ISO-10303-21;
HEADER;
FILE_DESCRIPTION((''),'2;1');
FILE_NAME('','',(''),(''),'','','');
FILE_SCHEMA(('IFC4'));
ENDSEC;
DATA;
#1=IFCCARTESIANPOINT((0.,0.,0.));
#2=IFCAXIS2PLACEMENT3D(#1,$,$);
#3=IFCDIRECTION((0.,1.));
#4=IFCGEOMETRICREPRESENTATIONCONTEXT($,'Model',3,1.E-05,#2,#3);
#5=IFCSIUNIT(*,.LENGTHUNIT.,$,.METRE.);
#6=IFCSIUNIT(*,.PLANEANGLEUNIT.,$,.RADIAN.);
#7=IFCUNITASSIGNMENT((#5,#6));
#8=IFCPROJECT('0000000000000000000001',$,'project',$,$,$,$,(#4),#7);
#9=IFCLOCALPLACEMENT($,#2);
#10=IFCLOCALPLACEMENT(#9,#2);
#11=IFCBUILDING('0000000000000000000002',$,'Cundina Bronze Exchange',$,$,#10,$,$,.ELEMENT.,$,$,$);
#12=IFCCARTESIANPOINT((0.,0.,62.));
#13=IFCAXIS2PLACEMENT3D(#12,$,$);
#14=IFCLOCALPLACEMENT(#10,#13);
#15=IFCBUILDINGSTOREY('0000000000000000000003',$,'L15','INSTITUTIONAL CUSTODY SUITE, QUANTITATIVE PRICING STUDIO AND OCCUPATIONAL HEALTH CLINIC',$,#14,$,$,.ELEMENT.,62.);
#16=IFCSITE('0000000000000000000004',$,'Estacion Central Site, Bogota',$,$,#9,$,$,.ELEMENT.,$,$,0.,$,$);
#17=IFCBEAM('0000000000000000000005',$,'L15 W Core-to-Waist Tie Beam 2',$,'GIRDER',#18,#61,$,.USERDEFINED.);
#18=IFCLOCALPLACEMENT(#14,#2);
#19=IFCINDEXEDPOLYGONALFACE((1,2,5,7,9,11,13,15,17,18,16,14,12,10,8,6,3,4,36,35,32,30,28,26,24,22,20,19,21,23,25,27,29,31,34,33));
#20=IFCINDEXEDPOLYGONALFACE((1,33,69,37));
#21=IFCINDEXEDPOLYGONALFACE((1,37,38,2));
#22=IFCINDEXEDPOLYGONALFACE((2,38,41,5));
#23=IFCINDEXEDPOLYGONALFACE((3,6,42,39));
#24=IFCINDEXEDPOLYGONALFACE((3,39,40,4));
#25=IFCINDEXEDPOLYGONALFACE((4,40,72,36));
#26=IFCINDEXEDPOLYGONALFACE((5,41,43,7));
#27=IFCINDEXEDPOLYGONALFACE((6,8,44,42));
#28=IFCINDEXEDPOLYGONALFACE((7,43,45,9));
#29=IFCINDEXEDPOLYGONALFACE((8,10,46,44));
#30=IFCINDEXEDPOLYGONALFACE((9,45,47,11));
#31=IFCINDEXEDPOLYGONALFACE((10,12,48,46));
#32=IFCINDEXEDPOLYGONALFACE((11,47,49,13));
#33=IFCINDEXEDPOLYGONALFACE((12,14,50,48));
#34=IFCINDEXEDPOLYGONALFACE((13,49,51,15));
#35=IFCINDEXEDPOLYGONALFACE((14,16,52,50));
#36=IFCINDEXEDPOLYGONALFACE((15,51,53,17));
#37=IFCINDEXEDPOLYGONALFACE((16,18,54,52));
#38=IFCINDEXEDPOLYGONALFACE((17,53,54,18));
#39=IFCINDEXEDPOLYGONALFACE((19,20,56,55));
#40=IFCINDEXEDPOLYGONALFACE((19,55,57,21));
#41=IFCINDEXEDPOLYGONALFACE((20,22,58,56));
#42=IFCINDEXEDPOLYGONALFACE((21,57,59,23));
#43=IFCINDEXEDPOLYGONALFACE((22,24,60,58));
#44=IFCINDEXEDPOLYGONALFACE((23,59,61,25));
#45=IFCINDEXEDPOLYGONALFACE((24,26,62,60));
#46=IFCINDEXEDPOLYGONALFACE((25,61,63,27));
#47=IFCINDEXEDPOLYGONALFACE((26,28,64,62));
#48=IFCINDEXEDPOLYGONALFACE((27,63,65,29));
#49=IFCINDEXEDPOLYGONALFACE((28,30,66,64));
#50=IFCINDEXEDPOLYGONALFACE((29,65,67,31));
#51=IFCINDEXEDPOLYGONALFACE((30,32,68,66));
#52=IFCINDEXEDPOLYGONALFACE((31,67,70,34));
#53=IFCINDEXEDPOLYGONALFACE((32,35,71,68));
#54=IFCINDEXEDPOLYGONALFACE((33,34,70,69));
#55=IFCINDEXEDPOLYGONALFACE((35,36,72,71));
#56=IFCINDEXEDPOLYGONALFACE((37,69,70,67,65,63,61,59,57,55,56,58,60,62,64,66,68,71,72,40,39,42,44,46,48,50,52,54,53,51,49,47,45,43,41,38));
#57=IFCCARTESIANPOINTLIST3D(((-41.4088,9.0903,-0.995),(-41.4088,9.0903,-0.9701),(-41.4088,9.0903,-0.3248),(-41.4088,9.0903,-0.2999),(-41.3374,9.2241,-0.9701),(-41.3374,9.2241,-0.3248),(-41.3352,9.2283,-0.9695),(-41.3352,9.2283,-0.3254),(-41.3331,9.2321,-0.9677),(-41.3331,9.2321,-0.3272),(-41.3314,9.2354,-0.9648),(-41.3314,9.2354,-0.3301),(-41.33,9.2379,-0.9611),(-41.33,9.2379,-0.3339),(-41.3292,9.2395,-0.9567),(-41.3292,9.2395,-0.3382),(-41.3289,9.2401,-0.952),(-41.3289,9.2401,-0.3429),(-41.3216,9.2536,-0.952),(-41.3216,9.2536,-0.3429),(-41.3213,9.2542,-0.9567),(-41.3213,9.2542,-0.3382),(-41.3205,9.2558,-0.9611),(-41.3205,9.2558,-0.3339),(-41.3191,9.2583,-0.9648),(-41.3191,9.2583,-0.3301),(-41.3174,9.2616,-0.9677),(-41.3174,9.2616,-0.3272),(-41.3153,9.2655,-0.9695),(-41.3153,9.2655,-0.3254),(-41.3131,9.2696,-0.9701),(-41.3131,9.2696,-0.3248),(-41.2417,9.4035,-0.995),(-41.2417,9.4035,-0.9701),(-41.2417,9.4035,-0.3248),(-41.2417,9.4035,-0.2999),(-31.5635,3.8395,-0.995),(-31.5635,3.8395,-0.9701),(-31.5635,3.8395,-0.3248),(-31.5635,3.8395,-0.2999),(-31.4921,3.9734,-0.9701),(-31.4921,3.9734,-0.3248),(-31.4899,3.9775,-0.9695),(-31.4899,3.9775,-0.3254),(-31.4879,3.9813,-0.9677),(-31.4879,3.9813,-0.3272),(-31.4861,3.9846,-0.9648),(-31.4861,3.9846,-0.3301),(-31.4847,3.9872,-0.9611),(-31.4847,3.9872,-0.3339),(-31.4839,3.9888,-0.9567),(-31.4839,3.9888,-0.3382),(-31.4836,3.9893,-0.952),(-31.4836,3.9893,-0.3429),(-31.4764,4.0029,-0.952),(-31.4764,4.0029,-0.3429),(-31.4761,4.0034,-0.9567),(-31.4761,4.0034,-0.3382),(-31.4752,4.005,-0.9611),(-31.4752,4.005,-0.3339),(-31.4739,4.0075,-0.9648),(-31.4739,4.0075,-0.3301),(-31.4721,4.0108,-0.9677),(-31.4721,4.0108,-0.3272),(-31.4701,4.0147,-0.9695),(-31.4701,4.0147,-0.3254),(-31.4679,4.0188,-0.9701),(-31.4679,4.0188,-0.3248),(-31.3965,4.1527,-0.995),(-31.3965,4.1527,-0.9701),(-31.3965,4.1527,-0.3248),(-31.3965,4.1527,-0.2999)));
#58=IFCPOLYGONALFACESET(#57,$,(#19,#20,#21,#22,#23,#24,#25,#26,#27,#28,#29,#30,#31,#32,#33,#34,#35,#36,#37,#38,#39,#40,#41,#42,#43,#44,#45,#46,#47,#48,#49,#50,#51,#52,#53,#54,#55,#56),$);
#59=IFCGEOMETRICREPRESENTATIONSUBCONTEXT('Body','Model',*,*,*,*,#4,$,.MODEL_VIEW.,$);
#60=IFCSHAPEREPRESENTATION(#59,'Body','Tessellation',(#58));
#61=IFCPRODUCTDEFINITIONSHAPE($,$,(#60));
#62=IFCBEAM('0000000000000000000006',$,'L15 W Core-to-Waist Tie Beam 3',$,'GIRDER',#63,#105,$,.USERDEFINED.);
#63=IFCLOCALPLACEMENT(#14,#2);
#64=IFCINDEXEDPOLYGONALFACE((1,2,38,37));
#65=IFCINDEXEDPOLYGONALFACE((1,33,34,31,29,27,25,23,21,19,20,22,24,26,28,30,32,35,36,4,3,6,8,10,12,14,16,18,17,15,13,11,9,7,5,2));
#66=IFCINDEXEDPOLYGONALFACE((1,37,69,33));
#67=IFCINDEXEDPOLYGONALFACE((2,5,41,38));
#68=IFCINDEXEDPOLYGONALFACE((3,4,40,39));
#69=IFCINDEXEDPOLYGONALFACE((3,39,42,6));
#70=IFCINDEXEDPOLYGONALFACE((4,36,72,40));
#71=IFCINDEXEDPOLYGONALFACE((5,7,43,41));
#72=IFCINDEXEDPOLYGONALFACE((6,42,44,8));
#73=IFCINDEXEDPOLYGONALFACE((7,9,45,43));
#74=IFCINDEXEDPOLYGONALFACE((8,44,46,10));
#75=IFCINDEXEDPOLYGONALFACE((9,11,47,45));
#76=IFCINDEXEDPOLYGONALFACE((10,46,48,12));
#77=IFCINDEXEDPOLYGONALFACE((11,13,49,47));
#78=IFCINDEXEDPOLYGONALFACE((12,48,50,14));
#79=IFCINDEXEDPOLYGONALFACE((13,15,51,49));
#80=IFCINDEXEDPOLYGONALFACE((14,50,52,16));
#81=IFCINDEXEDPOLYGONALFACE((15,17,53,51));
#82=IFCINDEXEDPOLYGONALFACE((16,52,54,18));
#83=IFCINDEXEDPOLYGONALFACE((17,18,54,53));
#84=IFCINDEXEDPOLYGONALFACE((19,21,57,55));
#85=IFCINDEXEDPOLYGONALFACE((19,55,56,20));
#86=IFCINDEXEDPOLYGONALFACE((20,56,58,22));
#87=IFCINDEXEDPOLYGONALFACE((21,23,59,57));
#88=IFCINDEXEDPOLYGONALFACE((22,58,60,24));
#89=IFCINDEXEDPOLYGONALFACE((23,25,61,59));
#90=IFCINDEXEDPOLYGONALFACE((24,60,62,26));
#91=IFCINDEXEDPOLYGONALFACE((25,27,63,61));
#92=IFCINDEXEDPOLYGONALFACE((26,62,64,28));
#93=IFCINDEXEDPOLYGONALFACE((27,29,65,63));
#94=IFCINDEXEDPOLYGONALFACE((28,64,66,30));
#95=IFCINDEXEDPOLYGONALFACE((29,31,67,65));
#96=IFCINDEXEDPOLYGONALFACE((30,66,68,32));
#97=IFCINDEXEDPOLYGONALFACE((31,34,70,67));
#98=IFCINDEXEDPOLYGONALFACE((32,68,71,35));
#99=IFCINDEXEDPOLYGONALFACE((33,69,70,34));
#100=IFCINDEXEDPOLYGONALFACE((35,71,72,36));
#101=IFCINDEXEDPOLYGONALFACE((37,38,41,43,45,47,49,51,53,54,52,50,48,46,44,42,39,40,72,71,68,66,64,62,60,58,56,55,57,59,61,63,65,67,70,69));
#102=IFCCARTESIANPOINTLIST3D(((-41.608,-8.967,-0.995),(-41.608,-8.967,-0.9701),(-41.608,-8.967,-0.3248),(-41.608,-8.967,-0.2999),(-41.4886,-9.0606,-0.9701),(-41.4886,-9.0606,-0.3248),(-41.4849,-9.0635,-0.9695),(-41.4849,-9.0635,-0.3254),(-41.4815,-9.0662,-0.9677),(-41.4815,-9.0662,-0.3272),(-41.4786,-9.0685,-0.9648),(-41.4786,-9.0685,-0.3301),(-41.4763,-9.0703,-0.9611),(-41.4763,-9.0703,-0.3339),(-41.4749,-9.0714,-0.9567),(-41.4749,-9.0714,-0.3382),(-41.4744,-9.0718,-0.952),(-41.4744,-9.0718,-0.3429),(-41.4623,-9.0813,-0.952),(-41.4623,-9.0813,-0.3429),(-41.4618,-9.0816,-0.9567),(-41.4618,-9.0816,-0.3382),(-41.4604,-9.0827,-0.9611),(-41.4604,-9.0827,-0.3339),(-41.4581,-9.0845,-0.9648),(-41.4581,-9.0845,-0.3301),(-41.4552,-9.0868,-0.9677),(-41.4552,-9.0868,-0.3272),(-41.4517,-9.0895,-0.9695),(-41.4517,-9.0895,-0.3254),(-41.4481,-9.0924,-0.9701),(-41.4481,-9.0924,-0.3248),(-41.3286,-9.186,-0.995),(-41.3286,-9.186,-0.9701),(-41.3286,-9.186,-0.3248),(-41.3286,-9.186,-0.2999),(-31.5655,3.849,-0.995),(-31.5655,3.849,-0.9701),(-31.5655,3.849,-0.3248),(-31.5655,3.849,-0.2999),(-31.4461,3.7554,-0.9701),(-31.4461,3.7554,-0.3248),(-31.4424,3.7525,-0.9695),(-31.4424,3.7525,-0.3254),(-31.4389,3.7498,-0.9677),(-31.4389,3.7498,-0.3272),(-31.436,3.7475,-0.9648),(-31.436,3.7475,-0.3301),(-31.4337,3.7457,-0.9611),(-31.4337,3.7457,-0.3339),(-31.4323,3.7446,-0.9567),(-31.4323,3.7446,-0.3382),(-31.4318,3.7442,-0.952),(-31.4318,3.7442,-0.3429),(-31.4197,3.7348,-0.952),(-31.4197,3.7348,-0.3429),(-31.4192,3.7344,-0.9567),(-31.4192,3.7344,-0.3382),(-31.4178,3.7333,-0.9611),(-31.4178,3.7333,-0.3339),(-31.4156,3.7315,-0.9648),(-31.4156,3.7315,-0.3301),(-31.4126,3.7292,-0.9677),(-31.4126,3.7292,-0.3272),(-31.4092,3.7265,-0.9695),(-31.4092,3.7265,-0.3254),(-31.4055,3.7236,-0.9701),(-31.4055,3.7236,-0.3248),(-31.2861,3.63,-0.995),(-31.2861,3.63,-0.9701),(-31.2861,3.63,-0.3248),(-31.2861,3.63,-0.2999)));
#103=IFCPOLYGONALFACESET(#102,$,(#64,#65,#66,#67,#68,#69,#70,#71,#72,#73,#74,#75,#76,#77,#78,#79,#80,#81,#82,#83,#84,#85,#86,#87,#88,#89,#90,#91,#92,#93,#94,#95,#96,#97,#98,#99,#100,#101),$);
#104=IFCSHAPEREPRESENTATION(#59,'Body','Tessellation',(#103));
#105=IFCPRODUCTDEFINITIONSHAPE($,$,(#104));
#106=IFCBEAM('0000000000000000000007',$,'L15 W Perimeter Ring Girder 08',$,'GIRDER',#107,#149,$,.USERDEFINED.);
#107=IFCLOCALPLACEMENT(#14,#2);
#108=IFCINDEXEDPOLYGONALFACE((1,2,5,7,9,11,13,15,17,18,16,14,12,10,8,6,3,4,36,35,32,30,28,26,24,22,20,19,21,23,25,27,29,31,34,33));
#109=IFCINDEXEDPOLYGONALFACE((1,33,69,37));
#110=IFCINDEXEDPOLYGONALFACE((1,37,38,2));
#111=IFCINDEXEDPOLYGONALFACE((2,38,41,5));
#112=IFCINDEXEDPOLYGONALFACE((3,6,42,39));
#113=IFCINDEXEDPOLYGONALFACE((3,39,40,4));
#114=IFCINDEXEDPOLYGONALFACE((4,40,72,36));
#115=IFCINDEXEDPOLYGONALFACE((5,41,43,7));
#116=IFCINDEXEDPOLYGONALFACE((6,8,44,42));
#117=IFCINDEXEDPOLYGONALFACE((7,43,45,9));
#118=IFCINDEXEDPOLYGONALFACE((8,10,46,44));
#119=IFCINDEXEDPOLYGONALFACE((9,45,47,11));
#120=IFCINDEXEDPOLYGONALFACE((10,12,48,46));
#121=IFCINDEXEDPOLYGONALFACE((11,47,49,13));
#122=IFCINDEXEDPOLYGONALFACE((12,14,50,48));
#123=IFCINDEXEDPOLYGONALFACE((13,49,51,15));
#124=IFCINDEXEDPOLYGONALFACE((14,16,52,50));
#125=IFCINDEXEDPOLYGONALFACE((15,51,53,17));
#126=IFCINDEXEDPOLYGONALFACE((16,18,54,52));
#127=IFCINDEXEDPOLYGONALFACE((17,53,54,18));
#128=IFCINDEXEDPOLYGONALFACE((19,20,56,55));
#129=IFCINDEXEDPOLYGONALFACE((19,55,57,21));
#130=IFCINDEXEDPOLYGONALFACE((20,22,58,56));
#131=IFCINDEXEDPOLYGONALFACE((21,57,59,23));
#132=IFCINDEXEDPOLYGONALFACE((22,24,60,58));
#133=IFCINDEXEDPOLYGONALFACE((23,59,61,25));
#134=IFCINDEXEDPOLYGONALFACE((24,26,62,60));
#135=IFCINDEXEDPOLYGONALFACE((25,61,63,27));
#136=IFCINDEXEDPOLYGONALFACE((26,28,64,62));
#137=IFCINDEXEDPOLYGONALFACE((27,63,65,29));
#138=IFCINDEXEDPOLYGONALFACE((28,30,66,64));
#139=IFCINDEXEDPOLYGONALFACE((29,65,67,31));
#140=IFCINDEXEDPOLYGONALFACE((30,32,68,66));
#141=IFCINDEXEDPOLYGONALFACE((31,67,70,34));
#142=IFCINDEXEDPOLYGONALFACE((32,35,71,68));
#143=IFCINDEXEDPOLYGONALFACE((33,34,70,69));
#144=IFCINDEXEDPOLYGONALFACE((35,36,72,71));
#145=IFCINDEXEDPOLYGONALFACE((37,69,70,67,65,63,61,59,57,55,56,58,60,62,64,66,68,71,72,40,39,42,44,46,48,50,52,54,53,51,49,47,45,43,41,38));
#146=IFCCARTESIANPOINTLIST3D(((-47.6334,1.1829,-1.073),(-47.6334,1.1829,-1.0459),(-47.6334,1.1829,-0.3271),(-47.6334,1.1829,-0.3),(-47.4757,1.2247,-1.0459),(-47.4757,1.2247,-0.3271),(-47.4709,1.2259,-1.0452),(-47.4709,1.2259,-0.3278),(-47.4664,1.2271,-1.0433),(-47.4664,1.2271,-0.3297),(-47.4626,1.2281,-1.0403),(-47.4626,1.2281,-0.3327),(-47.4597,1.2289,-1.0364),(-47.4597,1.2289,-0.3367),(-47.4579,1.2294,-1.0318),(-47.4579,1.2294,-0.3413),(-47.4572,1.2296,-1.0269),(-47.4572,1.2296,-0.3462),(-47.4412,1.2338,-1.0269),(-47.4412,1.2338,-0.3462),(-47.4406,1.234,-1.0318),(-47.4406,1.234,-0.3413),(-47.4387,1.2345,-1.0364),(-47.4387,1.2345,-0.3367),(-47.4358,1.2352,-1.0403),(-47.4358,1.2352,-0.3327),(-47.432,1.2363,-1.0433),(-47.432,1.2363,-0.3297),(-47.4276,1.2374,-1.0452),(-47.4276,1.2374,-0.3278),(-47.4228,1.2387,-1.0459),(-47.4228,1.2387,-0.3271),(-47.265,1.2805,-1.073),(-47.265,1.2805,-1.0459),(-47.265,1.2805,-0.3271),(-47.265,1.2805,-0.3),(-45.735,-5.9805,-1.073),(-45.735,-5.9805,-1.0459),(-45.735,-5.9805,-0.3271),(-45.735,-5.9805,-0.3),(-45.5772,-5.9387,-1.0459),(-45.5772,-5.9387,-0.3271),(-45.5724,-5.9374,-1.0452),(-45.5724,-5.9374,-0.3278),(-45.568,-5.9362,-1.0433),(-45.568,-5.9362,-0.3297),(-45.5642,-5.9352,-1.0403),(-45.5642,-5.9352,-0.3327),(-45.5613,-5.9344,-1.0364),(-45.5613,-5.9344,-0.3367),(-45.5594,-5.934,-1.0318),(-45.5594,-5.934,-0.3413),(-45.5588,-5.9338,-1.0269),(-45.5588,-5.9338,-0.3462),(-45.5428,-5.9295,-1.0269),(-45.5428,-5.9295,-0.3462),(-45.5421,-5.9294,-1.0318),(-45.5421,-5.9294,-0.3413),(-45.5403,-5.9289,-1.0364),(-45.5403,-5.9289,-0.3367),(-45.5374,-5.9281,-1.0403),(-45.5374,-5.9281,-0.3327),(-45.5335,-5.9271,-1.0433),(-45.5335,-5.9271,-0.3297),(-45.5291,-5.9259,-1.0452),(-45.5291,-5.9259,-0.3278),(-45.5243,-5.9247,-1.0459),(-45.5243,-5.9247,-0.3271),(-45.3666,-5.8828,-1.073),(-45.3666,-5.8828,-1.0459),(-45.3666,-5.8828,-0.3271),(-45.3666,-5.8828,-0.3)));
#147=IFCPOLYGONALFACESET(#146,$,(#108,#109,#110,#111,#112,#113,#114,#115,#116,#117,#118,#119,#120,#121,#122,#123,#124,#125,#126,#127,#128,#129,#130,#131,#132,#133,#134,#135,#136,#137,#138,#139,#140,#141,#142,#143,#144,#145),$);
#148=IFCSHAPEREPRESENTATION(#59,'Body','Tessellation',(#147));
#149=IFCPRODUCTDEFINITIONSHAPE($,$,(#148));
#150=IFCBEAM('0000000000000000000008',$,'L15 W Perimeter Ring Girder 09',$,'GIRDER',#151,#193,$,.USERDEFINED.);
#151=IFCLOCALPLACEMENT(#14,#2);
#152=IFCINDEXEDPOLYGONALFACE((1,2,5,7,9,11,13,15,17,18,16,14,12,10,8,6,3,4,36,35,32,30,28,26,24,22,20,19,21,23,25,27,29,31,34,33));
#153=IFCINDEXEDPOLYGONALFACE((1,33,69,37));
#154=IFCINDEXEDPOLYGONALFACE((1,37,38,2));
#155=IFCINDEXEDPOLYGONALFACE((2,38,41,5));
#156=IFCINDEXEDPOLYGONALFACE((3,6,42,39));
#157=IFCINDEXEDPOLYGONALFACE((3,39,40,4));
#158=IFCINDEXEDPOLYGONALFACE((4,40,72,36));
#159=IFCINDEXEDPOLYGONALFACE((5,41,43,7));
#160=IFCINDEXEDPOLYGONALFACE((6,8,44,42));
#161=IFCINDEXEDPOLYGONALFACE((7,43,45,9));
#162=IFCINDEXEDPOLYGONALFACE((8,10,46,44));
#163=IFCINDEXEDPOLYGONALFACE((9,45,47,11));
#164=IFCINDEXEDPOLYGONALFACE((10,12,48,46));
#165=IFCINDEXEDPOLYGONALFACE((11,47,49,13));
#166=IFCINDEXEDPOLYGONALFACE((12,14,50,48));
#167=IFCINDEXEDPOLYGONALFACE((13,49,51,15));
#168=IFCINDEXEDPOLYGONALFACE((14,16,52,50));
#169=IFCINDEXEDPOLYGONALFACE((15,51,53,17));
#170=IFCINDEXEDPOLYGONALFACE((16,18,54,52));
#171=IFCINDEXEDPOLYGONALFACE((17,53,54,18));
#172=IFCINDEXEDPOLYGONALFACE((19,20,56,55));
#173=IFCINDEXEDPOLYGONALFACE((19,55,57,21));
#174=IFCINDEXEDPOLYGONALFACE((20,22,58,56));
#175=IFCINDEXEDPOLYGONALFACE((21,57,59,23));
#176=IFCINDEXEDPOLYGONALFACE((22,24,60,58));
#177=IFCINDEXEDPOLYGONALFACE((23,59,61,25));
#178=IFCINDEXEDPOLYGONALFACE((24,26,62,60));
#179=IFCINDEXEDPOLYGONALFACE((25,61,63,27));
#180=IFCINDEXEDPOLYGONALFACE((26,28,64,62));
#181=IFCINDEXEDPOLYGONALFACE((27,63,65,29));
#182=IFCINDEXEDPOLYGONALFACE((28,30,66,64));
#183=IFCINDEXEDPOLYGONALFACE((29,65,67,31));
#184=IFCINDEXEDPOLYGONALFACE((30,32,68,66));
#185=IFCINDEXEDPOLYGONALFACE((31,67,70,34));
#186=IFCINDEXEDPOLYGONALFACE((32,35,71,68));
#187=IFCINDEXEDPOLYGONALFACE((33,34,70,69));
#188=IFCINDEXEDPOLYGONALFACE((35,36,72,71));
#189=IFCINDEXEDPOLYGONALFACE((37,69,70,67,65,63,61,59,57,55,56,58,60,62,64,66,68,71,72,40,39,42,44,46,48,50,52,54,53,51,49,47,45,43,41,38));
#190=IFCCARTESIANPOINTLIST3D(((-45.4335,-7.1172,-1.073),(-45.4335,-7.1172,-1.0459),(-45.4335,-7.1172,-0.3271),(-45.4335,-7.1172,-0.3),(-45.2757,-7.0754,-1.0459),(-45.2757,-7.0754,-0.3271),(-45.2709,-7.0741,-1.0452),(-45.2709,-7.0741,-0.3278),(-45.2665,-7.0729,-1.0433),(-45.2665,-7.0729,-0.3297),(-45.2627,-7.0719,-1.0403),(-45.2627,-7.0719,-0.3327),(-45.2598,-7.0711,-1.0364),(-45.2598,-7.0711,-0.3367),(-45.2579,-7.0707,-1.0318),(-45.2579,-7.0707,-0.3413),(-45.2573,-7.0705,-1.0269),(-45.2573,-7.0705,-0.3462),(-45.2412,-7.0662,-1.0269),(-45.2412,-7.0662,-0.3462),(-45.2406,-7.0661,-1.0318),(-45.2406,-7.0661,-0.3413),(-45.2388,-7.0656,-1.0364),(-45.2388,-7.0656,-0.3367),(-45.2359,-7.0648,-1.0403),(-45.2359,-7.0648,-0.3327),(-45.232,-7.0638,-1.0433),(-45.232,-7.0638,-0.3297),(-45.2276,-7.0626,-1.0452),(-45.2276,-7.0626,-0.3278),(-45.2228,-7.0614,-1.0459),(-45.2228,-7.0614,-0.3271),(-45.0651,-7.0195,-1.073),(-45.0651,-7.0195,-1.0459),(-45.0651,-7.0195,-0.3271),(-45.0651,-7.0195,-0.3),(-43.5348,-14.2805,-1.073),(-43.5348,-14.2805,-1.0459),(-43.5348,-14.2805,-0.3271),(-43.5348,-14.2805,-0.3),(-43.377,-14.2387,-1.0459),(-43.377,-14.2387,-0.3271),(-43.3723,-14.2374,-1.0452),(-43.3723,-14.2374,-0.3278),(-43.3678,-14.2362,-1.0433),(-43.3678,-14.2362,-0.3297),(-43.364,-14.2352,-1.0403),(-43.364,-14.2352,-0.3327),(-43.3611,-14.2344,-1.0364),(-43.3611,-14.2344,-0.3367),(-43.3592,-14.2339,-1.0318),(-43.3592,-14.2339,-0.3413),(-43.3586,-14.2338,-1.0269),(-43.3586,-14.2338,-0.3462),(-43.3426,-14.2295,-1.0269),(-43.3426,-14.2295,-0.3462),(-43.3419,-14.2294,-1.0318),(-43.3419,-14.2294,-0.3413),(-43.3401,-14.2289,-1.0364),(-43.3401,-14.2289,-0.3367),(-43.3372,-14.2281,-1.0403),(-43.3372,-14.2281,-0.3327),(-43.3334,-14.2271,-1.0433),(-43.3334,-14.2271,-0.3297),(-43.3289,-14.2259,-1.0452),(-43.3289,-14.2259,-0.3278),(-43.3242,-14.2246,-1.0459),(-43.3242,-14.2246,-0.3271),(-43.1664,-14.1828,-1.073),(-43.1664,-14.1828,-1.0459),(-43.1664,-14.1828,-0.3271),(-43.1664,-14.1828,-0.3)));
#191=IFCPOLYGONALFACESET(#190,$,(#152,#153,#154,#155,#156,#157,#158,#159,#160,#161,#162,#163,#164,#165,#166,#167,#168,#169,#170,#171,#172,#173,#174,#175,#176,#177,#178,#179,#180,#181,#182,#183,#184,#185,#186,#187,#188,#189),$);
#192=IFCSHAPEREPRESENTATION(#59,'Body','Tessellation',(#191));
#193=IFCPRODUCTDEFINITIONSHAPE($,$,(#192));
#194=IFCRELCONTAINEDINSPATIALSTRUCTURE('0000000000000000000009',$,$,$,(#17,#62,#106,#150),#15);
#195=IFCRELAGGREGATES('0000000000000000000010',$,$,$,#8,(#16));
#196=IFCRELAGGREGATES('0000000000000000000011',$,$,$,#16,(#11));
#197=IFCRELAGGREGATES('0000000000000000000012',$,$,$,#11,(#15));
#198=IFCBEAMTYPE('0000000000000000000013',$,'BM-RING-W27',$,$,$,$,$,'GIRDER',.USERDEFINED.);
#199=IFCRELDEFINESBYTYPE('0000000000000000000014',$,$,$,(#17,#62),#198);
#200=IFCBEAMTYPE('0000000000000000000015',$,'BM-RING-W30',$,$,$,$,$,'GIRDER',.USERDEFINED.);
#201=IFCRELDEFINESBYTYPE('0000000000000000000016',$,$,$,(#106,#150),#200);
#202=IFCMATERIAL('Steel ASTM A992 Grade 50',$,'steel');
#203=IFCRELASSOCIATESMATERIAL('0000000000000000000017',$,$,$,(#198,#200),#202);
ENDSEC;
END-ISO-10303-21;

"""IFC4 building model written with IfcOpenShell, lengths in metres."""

from ifc_helpers import new_model, si_unit, direction, frame, origin, origin_2d, place, context, subcontext, project, spatial, i_section, extrude, material, material_profile, profile_set, type_object, element, save


model = new_model("IFC4")

# Units and contexts
model_context = context("Model", 3, precision=1e-05, world=origin(), true_north=direction((0.0, 1.0)))
body_context = subcontext(model_context, "Body", "Model", "MODEL_VIEW")
ifc_project = project(units=[si_unit("LENGTHUNIT", "METRE"), si_unit("PLANEANGLEUNIT", "RADIAN")], contexts=[model_context])

# Site, building, storey
site_placement = place(None, origin())
site = spatial("IfcSite", under=ifc_project, at=site_placement, Name="Estacion Central Site, Bogota", CompositionType="ELEMENT", RefElevation=0.0)
building_placement = place(site_placement, origin())
building = spatial("IfcBuilding", under=site, at=building_placement, Name="Cundina Bronze Exchange", CompositionType="ELEMENT")
storey_placement = place(building_placement, frame((0.0, 0.0, 62.0)))
storey = spatial("IfcBuildingStorey", under=building, at=storey_placement, Name="L15", Description="INSTITUTIONAL CUSTODY SUITE, QUANTITATIVE PRICING STUDIO AND OCCUPATIONAL HEALTH CLINIC", CompositionType="ELEMENT", Elevation=62.0)

# Shared definitions
ifc_material_1 = material(Name="Steel ASTM A992 Grade 50", Category="steel")

# Beams
ifc_material_profile_1 = material_profile(ifc_material_1, i_section(OverallWidth=0.355, OverallDepth=0.6951, WebThickness=0.0154, FlangeThickness=0.0249, FilletRadius=0.0181, at=origin_2d()), Name="W27X146", Category="steel")
ifc_profile_set_1 = profile_set([ifc_material_profile_1], Name="Steel ASTM A992 Grade 50")
beam_type_1 = type_object("IfcBeamType", Name="BM-RING-W27", ElementType="GIRDER", PredefinedType="USERDEFINED", material=ifc_profile_set_1)
beam_1_placement = place(storey_placement, frame((-31.48, 3.9961, -0.6475), z_axis=(-0.882355, 0.470585, 0.0), x_axis=(-0.470585, -0.882355, 0.0)))
element("IfcBeam", 1, at=beam_1_placement, inside=storey, type_object=beam_type_1, Name="L15 W Core-to-Waist Tie Beam 2", ObjectType="GIRDER", PredefinedType="USERDEFINED", context=body_context, shape_type="SweptSolid", body=[
    extrude(i_section(OverallWidth=0.355, OverallDepth=0.6951, WebThickness=0.0154, FlangeThickness=0.0249, FilletRadius=0.0181, at=origin_2d()), origin(), (0.0, 0.0, 1.0), 11.158),
])
beam_2_placement = place(storey_placement, frame((-31.4258, 3.7395, -0.6475), z_axis=(-0.616789, -0.787128, 0.0), x_axis=(0.787128, -0.616789, 0.0)))
element("IfcBeam", 2, at=beam_2_placement, inside=storey, type_object=beam_type_1, Name="L15 W Core-to-Waist Tie Beam 3", ObjectType="GIRDER", PredefinedType="USERDEFINED", context=body_context, shape_type="SweptSolid", body=[
    extrude(i_section(OverallWidth=0.355, OverallDepth=0.6951, WebThickness=0.0154, FlangeThickness=0.0249, FilletRadius=0.0181, at=origin_2d()), origin(), (0.0, 0.0, 1.0), 16.282),
])
ifc_material_profile_2 = material_profile(ifc_material_1, i_section(OverallWidth=0.3811, OverallDepth=0.7729, WebThickness=0.0166, FlangeThickness=0.0271, FilletRadius=0.019, at=origin_2d()), Name="W30X173", Category="steel")
ifc_profile_set_2 = profile_set([ifc_material_profile_2], Name="Steel ASTM A992 Grade 50")
beam_type_2 = type_object("IfcBeamType", Name="BM-RING-W30", ElementType="GIRDER", PredefinedType="USERDEFINED", material=ifc_profile_set_2)
for number, where, z_axis, x_axis, name in (
    (3, (-47.4492, 1.2317, -0.6865), (0.256178, -0.96663, 0.0), (0.96663, 0.256178, 0.0), "L15 W Perimeter Ring Girder 08"),
    (4, (-45.2493, -7.0684, -0.6865), (0.256209, -0.966622, 0.0), (0.966622, 0.256209, 0.0), "L15 W Perimeter Ring Girder 09"),
):
    element("IfcBeam", number, at=place(storey_placement, frame(where, z_axis=z_axis, x_axis=x_axis)), inside=storey, type_object=beam_type_2, Name=name, ObjectType="GIRDER", PredefinedType="USERDEFINED", context=body_context, shape_type="SweptSolid", body=[
        extrude(i_section(OverallWidth=0.3811, OverallDepth=0.7729, WebThickness=0.0166, FlangeThickness=0.0271, FilletRadius=0.019, at=origin_2d()), origin(), (0.0, 0.0, 1.0), 7.4106),
    ])

save(model, "model.ifc")
